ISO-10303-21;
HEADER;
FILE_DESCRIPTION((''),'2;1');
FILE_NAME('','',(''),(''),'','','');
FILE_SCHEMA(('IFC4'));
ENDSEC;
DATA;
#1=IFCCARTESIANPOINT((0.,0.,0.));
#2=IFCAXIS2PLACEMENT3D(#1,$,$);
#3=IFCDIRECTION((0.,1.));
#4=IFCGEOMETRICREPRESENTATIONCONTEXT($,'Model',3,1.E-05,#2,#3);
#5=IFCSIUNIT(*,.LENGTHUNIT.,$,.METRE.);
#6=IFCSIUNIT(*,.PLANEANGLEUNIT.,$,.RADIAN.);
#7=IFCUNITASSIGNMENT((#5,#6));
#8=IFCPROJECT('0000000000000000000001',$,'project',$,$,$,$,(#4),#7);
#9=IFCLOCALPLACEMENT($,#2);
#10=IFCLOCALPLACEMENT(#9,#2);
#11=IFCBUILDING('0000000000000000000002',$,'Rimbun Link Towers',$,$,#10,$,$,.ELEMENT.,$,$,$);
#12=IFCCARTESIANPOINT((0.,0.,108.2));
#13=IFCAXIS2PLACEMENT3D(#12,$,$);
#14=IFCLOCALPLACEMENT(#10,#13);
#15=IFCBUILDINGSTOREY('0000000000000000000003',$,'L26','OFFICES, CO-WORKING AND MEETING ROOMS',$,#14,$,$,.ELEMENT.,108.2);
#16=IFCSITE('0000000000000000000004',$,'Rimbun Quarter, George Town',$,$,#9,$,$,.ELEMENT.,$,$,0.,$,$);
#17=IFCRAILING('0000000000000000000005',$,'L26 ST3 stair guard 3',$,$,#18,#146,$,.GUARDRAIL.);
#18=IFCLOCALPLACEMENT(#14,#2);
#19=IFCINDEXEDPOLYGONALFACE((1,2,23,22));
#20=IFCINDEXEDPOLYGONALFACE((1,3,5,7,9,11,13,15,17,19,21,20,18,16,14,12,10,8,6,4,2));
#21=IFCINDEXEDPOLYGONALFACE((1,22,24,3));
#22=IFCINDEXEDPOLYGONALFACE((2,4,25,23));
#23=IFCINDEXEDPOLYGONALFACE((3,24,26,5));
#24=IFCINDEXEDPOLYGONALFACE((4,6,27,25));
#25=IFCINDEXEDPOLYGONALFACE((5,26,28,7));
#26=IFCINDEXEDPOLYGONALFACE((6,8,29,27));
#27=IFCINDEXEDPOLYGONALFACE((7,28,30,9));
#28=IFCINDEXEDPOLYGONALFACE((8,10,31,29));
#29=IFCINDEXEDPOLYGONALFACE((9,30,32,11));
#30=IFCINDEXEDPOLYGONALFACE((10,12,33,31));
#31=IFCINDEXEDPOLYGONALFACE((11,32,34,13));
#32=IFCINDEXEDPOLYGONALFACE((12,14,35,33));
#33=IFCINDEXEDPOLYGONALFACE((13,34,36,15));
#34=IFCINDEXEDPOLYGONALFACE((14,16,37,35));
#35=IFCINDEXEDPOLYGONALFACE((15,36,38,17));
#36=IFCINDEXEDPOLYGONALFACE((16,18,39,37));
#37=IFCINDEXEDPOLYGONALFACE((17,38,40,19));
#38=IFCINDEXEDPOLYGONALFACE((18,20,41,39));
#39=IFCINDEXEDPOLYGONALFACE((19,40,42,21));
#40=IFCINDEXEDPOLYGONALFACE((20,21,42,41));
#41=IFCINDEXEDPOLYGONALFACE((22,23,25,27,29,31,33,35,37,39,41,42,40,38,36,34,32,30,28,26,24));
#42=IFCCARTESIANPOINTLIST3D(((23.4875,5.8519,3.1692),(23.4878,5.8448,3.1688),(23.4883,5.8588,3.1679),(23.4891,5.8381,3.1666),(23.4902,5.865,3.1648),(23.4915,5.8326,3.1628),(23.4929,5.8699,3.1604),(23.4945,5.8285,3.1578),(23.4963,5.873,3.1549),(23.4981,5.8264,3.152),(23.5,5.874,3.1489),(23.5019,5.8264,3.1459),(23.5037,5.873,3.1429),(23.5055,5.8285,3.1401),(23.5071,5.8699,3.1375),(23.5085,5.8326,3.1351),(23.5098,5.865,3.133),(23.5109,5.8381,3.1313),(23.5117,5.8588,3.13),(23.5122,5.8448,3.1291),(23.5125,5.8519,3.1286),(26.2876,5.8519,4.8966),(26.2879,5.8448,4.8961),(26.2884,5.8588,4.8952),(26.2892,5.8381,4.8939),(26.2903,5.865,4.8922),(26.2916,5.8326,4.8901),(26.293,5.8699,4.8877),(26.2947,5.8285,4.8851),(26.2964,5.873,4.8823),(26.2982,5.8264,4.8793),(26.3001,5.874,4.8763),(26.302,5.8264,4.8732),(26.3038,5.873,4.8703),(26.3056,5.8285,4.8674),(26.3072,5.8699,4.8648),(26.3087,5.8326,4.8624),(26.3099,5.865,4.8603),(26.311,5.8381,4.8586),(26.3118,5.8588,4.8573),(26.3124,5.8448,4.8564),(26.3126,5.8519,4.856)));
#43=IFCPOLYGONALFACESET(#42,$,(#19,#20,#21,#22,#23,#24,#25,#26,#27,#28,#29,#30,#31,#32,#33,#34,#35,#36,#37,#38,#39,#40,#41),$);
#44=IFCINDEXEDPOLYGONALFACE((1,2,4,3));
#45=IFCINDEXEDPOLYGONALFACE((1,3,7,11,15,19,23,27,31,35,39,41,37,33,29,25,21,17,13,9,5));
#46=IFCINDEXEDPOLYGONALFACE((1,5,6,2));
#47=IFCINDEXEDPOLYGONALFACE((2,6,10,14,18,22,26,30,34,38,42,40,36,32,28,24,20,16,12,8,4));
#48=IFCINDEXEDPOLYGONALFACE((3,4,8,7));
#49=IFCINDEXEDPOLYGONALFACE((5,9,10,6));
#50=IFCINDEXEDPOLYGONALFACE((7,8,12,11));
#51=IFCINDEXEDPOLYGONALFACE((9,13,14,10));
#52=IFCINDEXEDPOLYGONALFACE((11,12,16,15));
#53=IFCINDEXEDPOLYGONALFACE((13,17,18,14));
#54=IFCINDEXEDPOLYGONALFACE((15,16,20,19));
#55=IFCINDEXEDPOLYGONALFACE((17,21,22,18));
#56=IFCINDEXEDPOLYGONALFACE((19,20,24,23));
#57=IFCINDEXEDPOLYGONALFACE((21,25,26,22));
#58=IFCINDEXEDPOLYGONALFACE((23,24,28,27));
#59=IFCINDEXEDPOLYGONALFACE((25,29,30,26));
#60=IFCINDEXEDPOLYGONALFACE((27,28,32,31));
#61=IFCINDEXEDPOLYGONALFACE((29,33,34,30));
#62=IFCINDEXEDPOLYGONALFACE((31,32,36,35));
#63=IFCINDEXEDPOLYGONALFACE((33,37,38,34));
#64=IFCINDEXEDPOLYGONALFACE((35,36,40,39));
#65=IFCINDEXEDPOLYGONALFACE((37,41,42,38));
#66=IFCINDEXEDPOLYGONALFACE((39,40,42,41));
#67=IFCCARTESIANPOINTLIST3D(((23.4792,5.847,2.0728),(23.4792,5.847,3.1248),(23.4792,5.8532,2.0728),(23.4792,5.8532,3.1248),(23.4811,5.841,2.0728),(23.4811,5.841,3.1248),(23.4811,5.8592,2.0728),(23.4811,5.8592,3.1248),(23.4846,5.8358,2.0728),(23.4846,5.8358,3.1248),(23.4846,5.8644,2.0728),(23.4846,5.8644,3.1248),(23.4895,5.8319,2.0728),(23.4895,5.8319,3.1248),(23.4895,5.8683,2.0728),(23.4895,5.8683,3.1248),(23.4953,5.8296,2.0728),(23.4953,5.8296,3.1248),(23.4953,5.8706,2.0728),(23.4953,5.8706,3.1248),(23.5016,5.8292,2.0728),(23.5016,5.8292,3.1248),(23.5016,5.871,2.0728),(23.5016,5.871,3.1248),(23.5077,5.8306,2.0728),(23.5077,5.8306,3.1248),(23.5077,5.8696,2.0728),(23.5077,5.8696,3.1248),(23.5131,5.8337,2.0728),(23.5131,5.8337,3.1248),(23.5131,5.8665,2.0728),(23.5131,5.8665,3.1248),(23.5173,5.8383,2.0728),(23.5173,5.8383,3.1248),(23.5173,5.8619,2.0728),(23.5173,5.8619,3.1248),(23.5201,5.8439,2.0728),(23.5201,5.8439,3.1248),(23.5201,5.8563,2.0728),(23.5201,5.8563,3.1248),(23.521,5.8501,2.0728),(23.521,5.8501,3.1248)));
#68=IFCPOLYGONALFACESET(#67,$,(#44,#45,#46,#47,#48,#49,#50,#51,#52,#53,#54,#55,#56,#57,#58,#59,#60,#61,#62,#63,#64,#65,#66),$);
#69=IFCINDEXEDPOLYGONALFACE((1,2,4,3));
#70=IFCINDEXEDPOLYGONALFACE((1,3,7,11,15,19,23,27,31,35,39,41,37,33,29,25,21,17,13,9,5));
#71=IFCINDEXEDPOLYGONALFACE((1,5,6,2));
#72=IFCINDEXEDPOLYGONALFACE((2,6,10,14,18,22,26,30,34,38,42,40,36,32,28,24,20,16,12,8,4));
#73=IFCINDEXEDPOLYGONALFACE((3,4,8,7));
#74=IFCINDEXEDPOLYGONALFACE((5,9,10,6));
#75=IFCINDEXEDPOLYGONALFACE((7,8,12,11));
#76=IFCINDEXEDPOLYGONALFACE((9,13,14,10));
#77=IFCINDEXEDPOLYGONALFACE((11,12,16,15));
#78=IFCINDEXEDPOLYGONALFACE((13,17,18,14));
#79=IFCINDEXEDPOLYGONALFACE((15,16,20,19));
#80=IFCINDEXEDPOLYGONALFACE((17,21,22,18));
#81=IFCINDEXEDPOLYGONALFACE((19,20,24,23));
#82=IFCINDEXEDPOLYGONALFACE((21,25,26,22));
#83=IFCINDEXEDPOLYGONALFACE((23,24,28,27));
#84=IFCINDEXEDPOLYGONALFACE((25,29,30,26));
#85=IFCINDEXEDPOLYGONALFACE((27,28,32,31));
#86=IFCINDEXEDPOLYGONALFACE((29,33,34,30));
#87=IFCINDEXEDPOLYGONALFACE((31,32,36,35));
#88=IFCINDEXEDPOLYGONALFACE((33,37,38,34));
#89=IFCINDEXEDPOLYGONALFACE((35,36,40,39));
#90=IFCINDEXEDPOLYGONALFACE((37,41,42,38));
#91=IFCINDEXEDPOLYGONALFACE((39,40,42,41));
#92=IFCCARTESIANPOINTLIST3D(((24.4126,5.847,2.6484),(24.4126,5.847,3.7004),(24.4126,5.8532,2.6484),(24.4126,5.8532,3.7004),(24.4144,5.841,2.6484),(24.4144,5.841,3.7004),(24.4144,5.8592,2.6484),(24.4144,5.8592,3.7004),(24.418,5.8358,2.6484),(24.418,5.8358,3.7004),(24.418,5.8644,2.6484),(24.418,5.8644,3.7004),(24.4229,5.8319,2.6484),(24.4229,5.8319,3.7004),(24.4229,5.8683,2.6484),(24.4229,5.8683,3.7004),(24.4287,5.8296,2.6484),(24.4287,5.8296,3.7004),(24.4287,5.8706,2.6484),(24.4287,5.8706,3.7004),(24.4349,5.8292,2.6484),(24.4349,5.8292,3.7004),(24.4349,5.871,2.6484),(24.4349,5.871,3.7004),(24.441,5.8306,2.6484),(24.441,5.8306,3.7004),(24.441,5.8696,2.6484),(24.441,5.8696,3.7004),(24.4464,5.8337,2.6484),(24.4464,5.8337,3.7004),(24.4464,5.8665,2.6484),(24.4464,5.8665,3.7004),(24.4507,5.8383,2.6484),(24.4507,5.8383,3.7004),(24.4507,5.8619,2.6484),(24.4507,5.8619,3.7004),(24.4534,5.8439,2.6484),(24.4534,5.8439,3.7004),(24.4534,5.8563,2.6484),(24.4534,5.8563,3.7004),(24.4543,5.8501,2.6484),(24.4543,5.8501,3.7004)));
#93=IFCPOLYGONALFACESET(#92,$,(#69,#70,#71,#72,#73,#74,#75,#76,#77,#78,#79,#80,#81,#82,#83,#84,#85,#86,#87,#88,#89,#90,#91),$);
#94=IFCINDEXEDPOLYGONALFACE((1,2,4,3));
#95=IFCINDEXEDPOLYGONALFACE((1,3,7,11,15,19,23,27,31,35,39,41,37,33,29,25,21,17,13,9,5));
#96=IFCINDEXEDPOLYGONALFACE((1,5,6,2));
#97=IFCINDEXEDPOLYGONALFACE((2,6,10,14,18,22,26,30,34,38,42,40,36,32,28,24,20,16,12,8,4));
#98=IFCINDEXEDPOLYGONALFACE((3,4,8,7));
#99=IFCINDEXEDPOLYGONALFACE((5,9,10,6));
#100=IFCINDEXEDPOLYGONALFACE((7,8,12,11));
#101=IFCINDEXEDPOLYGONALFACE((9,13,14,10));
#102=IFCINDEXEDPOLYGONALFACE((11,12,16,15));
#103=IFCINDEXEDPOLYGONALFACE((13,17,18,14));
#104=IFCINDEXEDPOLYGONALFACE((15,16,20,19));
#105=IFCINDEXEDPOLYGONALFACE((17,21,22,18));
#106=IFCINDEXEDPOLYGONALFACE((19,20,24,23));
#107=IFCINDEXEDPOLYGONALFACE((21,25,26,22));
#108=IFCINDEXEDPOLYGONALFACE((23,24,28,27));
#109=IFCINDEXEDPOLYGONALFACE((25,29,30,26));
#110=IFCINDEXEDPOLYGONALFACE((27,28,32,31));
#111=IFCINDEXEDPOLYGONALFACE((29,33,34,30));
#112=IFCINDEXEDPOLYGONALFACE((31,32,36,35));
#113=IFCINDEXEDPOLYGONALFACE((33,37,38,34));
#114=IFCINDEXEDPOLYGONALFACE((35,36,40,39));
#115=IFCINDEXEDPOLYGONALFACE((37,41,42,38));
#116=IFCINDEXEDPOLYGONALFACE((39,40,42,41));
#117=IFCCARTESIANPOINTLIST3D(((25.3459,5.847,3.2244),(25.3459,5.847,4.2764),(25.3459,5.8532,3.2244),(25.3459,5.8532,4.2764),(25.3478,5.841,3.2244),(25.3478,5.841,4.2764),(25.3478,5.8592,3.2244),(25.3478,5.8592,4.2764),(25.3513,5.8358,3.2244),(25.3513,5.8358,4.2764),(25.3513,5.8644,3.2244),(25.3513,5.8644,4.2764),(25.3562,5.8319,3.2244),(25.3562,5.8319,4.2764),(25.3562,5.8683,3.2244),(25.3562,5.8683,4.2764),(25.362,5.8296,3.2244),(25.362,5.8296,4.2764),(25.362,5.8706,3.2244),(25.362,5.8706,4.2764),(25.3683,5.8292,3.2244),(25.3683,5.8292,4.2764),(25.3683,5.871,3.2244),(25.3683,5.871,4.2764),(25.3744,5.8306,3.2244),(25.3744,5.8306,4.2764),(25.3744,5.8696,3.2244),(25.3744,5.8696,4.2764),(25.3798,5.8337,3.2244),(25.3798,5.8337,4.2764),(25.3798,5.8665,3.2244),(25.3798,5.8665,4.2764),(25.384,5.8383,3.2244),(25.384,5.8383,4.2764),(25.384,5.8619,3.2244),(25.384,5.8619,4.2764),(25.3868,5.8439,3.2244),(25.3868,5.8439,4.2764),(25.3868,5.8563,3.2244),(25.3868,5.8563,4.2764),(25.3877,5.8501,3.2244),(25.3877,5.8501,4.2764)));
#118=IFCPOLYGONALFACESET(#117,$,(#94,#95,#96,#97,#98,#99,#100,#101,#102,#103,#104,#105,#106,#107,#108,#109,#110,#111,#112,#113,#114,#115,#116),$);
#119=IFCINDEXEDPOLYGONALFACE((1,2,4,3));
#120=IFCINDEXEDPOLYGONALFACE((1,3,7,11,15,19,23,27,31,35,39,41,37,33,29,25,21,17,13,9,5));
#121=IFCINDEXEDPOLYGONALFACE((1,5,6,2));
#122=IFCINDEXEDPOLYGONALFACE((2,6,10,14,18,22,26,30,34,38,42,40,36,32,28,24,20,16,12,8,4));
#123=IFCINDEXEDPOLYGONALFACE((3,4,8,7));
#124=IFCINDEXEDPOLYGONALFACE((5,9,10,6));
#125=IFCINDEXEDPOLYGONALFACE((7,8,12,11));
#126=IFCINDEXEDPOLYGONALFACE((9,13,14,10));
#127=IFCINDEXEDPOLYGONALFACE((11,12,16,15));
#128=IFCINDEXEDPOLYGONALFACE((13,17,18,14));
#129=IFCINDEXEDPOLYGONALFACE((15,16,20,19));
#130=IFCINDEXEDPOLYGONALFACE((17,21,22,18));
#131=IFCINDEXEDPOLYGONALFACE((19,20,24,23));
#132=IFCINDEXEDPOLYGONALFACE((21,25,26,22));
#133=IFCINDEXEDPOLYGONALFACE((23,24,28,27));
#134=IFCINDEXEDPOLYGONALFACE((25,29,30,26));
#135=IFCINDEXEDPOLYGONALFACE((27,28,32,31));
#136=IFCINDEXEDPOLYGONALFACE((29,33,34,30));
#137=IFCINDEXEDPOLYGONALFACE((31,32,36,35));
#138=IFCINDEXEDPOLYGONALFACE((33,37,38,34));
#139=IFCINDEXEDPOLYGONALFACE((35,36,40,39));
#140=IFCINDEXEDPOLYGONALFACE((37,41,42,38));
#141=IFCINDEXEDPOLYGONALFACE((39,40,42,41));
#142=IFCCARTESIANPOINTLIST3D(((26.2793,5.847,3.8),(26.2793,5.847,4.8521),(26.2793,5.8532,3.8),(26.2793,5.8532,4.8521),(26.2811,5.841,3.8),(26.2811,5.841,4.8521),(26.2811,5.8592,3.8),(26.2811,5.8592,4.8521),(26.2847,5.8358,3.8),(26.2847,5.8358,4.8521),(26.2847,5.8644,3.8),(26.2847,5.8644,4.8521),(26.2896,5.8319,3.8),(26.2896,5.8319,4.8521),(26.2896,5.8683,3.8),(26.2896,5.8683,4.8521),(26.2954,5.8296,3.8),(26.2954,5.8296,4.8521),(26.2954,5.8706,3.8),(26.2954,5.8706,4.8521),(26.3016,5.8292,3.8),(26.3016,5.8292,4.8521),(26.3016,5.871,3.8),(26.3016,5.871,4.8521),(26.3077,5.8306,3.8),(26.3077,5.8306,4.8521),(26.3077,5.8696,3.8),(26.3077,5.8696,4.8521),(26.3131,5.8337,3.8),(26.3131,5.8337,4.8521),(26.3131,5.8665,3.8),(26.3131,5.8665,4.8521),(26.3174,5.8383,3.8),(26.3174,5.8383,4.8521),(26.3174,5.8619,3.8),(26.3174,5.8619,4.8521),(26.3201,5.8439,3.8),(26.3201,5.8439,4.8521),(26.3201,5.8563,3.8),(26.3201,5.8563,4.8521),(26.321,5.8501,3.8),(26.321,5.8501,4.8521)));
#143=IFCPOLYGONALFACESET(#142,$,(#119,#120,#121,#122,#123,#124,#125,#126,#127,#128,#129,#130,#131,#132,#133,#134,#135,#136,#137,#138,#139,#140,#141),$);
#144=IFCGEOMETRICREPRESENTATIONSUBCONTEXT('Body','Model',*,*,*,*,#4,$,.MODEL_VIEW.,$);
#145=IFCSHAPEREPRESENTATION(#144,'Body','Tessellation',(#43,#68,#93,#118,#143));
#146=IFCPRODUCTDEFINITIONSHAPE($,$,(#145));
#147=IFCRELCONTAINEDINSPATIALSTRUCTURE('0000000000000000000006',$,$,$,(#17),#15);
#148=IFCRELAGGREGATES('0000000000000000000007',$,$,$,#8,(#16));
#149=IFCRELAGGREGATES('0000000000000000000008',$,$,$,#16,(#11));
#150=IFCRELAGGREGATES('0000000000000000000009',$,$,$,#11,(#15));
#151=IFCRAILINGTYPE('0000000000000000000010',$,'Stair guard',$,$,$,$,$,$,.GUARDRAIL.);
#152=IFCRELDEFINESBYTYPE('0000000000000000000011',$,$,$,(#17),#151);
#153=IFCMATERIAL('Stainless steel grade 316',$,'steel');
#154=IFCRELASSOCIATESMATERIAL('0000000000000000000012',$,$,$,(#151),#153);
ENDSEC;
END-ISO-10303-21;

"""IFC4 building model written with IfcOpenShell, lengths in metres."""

from ifc_helpers import new_model, si_unit, direction, frame, origin, origin_2d, place, context, subcontext, project, spatial, circle, extrude, material, type_object, element, save


model = new_model("IFC4")

# Units and contexts
model_context = context("Model", 3, precision=1e-05, world=origin(), true_north=direction((0.0, 1.0)))
body_context = subcontext(model_context, "Body", "Model", "MODEL_VIEW")
ifc_project = project(units=[si_unit("LENGTHUNIT", "METRE"), si_unit("PLANEANGLEUNIT", "RADIAN")], contexts=[model_context])

# Site, building, storey
site_placement = place(None, origin())
site = spatial("IfcSite", under=ifc_project, at=site_placement, Name="Rimbun Quarter, George Town", CompositionType="ELEMENT", RefElevation=0.0)
building_placement = place(site_placement, origin())
building = spatial("IfcBuilding", under=site, at=building_placement, Name="Rimbun Link Towers", CompositionType="ELEMENT")
storey_placement = place(building_placement, frame((0.0, 0.0, 108.2)))
storey = spatial("IfcBuildingStorey", under=building, at=storey_placement, Name="L26", Description="OFFICES, CO-WORKING AND MEETING ROOMS", CompositionType="ELEMENT", Elevation=108.2)

# Railing
ifc_material_1 = material(Name="Stainless steel grade 316", Category="steel")
railing_type_1 = type_object("IfcRailingType", Name="Stair guard", PredefinedType="GUARDRAIL", material=ifc_material_1)
railing_1_placement = place(storey_placement, frame((23.5, 5.8501, 2.0728)))
element("IfcRailing", 1, at=railing_1_placement, inside=storey, type_object=railing_type_1, Name="L26 ST3 stair guard 3", PredefinedType="GUARDRAIL", context=body_context, shape_type="SweptSolid", body=[
    extrude(circle(Radius=0.0239, at=origin_2d()), frame((0.0, 0.0, 1.0762), z_axis=(0.85109, 0.0, 0.52502), x_axis=(0.0, 1.0, 0.0)), (0.0, 0.0, 1.0), 3.29),
    extrude(circle(Radius=0.021, at=origin_2d()), origin(), (0.0, 0.0, 1.0), 1.052),
    extrude(circle(Radius=0.021, at=origin_2d()), frame((0.9333, 0.0, 0.5757)), (0.0, 0.0, 1.0), 1.052),
    extrude(circle(Radius=0.021, at=origin_2d()), frame((1.8667, 0.0, 1.1516)), (0.0, 0.0, 1.0), 1.052),
    extrude(circle(Radius=0.021, at=origin_2d()), frame((2.8, 0.0, 1.7273)), (0.0, 0.0, 1.0), 1.052),
])

save(model, "model.ifc")
